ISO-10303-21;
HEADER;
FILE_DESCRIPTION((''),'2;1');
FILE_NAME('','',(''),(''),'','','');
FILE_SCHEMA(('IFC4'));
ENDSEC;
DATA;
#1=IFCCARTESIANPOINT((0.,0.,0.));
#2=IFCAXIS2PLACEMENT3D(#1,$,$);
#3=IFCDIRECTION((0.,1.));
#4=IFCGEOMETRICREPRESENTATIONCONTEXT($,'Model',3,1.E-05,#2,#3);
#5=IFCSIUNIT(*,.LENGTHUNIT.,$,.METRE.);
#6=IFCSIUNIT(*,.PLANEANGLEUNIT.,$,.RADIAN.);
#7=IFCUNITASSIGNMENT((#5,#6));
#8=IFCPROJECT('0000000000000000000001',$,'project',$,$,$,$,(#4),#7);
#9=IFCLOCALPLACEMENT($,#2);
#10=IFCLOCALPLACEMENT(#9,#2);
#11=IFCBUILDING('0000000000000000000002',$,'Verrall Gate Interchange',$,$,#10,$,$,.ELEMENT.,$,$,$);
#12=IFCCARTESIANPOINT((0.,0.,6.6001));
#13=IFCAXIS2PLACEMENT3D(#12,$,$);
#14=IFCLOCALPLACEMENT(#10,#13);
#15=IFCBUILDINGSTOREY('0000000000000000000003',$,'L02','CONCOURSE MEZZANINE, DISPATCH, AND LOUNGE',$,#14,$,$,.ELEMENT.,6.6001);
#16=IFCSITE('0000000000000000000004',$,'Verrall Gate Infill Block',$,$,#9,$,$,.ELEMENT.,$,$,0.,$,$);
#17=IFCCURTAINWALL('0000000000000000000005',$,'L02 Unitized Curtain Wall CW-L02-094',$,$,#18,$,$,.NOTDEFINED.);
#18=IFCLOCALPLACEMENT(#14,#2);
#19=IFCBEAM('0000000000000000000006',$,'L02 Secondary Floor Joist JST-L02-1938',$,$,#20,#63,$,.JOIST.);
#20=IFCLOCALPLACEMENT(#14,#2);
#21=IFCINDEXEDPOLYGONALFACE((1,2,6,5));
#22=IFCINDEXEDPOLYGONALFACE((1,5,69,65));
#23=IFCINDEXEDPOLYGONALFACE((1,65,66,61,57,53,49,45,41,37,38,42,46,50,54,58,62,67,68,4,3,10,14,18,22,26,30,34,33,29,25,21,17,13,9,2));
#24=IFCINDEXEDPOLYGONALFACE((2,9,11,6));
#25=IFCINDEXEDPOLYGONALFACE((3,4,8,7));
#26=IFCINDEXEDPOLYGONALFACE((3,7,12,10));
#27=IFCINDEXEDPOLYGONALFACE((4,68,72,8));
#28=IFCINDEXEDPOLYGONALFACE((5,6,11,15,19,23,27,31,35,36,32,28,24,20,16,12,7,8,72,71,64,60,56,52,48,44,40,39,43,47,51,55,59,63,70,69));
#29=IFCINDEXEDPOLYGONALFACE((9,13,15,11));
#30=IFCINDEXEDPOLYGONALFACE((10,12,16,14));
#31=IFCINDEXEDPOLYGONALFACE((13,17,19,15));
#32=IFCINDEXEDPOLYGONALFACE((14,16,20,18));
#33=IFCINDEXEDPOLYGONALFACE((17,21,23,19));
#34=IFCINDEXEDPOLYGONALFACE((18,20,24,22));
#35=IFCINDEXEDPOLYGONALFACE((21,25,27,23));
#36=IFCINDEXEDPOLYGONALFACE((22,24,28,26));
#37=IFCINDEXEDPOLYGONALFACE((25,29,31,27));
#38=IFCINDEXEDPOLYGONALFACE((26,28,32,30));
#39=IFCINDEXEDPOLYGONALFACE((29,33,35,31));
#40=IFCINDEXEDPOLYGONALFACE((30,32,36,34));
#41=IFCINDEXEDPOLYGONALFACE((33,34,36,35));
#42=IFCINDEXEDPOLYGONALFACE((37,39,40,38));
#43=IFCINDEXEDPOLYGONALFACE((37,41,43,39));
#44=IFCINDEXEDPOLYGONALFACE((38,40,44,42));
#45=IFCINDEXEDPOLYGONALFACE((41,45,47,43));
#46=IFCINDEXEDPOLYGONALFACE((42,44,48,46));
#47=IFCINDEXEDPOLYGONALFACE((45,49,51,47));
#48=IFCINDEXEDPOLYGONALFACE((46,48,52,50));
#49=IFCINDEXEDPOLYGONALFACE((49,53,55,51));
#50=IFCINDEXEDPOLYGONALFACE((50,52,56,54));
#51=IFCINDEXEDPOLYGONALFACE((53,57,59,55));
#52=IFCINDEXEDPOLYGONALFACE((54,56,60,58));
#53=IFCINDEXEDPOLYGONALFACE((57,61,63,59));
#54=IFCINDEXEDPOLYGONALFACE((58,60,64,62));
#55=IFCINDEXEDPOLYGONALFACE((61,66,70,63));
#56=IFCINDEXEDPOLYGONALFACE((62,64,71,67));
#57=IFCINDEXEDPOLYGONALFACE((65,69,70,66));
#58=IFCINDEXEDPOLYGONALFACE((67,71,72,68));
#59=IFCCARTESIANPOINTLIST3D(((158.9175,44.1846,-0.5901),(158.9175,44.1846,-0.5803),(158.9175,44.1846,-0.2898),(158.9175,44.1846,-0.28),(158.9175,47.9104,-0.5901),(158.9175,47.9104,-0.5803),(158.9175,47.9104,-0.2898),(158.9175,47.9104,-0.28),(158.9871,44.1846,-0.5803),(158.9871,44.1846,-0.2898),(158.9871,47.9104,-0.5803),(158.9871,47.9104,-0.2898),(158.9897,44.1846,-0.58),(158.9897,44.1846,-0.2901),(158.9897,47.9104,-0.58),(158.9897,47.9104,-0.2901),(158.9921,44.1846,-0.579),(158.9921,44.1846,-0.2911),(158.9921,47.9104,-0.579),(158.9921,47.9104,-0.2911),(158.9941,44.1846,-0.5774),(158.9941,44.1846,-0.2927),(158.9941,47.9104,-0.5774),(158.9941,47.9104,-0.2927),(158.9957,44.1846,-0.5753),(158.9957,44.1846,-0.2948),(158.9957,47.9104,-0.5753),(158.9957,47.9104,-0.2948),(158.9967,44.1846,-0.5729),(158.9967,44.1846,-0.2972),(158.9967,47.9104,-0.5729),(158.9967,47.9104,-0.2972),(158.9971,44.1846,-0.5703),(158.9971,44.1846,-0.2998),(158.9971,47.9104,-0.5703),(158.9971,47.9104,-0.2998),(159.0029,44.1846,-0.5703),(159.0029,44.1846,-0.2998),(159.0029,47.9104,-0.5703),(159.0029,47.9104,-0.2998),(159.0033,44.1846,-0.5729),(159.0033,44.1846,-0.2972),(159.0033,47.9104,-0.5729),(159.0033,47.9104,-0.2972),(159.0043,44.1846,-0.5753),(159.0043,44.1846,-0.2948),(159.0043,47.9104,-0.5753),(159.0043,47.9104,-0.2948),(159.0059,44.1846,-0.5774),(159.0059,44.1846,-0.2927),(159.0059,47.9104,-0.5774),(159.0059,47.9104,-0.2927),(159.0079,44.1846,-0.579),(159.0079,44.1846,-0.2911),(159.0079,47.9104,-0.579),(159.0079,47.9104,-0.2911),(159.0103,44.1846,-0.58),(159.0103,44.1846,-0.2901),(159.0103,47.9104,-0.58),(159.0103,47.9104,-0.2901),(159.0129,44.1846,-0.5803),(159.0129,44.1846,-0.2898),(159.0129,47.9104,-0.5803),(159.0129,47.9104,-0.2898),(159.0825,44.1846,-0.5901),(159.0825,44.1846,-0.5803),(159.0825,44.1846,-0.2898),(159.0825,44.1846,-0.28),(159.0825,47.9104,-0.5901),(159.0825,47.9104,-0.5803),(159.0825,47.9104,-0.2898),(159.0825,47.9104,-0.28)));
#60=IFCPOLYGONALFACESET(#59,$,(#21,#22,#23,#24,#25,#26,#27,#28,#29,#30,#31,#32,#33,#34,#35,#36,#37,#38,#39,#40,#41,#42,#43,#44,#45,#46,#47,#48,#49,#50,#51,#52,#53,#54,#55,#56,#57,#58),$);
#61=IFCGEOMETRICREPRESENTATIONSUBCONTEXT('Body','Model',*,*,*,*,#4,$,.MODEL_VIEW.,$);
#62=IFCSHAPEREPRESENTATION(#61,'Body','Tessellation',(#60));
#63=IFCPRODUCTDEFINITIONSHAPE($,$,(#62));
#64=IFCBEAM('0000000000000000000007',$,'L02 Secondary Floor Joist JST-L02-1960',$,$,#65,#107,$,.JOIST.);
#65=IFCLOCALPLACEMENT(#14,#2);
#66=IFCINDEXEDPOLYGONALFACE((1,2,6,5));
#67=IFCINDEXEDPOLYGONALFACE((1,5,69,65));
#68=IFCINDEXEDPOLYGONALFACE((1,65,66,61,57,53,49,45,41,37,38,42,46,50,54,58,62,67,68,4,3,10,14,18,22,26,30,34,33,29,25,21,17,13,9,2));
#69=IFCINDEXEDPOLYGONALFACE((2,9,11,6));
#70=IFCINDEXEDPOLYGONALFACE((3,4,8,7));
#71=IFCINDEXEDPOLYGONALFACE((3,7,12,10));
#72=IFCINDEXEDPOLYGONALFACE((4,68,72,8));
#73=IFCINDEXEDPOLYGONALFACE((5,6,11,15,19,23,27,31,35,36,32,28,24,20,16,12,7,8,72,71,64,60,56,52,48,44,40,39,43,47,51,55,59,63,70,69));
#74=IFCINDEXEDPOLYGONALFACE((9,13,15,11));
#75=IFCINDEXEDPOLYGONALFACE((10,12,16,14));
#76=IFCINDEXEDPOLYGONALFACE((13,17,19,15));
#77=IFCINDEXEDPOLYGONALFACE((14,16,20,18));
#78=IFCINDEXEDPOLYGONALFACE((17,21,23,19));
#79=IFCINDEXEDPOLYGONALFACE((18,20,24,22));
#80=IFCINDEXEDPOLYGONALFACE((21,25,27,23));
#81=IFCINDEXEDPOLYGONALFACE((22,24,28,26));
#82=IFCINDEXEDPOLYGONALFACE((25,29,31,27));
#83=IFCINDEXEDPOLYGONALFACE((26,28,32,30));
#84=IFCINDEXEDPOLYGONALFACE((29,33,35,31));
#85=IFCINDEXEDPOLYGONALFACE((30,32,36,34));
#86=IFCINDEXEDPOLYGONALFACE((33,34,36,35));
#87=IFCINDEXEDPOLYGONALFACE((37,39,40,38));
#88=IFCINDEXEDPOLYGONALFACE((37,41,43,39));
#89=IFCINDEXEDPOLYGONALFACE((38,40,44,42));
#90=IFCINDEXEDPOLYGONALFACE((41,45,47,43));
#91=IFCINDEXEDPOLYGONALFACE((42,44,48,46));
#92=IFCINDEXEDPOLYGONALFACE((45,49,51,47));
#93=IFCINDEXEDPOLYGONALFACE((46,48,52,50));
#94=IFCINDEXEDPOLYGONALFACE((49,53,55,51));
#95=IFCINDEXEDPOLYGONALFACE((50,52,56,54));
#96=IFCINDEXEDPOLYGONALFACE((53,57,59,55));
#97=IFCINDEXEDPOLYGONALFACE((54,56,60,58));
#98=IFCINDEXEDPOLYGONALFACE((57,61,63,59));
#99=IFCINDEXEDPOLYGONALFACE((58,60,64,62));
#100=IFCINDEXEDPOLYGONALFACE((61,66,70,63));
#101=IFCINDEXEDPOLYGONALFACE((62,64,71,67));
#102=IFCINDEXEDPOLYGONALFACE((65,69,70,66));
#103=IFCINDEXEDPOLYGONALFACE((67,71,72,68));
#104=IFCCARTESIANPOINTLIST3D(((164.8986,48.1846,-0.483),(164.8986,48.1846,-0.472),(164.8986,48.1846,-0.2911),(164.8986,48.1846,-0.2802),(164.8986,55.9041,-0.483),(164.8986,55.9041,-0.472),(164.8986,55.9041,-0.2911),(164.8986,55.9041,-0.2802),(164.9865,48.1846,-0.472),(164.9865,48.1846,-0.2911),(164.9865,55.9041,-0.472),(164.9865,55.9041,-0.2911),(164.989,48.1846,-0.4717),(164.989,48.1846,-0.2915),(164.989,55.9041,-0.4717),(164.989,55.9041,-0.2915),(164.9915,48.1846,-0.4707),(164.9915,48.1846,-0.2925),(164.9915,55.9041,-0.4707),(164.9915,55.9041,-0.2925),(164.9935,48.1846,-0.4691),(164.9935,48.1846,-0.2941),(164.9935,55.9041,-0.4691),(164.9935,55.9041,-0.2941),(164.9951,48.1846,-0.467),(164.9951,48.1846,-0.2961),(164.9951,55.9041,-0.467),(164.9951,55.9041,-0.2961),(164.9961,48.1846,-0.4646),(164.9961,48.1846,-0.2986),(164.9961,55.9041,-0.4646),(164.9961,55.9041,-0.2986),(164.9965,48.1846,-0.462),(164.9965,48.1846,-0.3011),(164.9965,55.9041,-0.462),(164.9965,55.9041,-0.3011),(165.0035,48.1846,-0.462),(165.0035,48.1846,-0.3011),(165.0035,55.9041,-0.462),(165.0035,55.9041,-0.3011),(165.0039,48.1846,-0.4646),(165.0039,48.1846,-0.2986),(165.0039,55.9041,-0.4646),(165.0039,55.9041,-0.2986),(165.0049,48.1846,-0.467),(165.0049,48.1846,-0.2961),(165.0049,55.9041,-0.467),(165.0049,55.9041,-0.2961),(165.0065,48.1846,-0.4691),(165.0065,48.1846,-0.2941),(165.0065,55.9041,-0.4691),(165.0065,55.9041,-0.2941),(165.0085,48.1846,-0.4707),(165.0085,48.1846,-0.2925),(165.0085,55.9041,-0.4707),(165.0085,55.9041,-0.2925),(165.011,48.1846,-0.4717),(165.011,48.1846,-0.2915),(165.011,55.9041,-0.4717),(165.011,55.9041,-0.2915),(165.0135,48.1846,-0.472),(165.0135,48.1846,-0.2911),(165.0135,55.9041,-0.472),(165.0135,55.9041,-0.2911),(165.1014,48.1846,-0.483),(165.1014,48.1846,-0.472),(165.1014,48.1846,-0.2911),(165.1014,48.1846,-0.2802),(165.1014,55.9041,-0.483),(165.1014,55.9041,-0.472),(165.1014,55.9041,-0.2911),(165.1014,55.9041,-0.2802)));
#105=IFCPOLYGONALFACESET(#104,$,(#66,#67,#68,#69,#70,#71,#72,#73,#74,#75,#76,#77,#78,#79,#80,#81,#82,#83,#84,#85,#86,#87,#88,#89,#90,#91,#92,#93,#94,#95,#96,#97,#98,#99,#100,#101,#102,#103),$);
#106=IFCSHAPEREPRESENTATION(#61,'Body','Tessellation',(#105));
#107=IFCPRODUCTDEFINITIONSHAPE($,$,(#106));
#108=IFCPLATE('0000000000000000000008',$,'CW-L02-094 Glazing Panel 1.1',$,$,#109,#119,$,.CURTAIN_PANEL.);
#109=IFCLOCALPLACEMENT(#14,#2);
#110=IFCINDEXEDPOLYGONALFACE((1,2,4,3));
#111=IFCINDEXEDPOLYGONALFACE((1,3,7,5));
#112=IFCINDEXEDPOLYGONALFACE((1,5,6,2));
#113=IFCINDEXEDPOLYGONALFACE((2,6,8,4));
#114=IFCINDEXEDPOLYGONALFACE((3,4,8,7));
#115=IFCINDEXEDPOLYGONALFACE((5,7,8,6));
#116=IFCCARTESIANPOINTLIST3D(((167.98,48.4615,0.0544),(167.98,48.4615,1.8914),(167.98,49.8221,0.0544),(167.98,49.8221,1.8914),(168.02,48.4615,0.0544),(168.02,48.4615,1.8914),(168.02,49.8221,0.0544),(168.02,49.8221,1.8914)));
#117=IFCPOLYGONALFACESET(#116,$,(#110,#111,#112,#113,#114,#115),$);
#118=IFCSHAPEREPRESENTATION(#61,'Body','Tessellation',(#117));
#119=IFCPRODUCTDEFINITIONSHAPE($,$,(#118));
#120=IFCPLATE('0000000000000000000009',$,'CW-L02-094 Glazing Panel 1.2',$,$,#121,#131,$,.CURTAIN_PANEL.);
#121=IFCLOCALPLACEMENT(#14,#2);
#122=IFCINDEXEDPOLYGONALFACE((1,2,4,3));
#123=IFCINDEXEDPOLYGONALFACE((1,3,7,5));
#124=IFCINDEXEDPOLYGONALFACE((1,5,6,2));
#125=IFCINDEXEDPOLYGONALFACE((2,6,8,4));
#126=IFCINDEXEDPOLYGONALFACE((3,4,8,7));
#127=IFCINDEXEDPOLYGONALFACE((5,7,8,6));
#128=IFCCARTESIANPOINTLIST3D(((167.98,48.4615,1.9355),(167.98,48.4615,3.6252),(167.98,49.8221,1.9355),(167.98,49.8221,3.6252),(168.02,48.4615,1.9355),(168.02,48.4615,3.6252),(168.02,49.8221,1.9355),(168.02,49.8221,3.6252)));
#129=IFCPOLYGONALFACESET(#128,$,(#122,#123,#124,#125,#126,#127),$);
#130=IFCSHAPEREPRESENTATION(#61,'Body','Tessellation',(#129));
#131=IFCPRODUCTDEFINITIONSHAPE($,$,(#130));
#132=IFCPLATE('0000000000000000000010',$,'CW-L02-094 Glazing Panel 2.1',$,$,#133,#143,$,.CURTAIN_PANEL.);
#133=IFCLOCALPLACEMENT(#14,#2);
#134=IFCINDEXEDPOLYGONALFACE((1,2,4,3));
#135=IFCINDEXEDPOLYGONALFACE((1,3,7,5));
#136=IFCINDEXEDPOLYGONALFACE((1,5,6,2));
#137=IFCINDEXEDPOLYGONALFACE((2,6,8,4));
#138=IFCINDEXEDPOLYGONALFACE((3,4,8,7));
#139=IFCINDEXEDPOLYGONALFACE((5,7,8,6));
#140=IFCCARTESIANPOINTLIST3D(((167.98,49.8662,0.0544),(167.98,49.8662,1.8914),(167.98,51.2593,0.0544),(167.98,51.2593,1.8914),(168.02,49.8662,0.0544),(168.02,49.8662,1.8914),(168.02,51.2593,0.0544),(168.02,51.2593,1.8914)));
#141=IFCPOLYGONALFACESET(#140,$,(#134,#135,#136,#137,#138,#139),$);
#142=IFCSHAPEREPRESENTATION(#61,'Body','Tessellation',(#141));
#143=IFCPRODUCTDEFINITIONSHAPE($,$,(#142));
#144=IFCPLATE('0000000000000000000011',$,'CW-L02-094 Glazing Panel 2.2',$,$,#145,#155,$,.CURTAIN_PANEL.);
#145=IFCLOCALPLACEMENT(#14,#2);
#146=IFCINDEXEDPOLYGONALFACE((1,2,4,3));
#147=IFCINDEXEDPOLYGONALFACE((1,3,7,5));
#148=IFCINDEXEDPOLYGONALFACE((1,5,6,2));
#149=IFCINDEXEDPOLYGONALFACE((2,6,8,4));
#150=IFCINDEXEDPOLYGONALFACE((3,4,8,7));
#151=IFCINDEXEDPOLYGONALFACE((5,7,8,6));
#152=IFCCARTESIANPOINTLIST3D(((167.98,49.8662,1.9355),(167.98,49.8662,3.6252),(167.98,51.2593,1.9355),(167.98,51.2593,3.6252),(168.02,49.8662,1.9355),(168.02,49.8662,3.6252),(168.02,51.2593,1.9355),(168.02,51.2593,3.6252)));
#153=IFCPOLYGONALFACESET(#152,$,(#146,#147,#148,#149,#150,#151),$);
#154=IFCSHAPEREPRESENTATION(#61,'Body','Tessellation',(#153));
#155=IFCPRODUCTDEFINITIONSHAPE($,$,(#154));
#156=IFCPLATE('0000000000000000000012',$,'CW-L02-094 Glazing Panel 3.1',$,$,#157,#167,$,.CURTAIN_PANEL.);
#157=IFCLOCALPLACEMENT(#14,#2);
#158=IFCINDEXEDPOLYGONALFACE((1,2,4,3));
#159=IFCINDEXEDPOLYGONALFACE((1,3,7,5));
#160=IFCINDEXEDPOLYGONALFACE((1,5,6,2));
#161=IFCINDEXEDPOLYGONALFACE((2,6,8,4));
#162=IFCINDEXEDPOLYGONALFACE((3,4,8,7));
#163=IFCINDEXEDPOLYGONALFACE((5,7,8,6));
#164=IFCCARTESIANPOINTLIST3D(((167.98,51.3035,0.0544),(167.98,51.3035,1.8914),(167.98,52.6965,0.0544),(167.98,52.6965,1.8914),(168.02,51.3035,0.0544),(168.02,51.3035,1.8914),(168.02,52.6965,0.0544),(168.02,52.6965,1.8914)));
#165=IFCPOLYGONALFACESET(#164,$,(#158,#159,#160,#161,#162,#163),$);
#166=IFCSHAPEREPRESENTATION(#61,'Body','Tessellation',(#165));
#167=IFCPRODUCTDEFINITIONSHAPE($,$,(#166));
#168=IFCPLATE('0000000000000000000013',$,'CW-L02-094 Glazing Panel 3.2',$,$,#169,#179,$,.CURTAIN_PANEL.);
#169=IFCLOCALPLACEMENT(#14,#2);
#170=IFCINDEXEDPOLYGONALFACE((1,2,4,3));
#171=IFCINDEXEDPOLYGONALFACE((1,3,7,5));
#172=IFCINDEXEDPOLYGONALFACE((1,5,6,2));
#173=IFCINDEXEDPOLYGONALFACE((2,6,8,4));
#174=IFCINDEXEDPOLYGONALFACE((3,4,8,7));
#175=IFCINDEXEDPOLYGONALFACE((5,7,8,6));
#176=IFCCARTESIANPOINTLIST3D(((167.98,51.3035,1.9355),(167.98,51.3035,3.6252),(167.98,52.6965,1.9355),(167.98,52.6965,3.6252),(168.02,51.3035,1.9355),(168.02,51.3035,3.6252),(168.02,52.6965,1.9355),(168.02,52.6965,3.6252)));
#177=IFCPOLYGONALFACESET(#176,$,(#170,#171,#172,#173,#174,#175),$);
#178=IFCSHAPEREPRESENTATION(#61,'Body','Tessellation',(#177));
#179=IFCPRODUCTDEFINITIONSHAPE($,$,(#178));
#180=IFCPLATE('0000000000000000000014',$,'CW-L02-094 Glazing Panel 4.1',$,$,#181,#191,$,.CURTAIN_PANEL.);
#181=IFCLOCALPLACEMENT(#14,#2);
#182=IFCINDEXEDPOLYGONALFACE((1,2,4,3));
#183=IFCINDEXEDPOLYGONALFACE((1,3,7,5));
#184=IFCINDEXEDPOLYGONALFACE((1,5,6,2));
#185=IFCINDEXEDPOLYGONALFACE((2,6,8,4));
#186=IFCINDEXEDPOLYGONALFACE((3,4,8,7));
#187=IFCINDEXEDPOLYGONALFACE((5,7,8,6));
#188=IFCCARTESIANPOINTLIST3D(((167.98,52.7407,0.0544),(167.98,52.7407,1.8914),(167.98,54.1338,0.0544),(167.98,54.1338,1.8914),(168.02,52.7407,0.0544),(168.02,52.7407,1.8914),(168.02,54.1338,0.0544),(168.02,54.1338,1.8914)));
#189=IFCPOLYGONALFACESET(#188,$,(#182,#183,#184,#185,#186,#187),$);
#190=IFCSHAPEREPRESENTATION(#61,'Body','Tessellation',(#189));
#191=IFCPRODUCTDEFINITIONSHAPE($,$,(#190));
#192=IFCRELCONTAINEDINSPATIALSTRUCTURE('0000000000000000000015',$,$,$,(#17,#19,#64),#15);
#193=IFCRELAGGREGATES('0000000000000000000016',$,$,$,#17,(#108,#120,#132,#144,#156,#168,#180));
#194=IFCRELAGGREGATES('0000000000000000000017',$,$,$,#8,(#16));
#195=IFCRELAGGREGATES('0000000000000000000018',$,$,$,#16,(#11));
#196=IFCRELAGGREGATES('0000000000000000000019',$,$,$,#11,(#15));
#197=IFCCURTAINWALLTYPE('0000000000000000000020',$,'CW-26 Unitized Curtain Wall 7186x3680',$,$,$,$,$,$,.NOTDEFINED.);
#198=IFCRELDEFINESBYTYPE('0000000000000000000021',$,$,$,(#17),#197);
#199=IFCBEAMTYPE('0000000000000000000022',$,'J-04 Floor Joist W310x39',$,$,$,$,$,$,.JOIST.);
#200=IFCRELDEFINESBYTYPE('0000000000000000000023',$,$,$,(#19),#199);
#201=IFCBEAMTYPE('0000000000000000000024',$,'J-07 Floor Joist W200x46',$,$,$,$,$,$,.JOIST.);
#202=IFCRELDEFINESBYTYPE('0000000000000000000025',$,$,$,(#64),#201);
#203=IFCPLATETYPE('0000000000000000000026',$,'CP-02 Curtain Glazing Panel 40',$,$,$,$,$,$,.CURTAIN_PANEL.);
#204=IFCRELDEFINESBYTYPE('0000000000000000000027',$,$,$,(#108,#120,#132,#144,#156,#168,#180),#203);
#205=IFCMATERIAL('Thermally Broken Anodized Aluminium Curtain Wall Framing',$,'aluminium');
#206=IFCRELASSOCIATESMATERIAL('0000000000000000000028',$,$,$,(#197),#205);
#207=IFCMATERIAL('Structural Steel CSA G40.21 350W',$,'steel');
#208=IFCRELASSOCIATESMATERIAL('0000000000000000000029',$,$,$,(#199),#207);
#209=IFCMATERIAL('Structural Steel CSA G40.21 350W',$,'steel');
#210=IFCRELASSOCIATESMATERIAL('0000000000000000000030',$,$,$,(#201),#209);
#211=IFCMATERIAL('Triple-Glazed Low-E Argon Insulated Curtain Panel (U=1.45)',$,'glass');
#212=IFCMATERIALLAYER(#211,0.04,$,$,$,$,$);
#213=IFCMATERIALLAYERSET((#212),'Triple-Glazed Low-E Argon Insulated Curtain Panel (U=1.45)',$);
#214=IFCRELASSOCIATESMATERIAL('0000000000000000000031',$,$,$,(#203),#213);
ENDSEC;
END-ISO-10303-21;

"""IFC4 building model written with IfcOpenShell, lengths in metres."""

from ifc_helpers import new_model, si_unit, direction, frame, origin, origin_2d, place, context, subcontext, project, spatial, rectangle, i_section, extrude, material, layer, layer_set, material_profile, profile_set, type_object, element, aggregate, save


model = new_model("IFC4")

# Units and contexts
model_context = context("Model", 3, precision=1e-05, world=origin(), true_north=direction((0.0, 1.0)))
body_context = subcontext(model_context, "Body", "Model", "MODEL_VIEW")
ifc_project = project(units=[si_unit("LENGTHUNIT", "METRE"), si_unit("PLANEANGLEUNIT", "RADIAN")], contexts=[model_context])

# Site, building, storey
site_placement = place(None, origin())
site = spatial("IfcSite", under=ifc_project, at=site_placement, Name="Verrall Gate Infill Block", CompositionType="ELEMENT", RefElevation=0.0)
building_placement = place(site_placement, origin())
building = spatial("IfcBuilding", under=site, at=building_placement, Name="Verrall Gate Interchange", CompositionType="ELEMENT")
storey_placement = place(building_placement, frame((0.0, 0.0, 6.6001)))
storey = spatial("IfcBuildingStorey", under=building, at=storey_placement, Name="L02", Description="CONCOURSE MEZZANINE, DISPATCH, AND LOUNGE", CompositionType="ELEMENT", Elevation=6.6001)

# Curtain wall
ifc_material_1 = material(Name="Thermally Broken Anodized Aluminium Curtain Wall Framing", Category="aluminium")
curtain_wall_type = type_object("IfcCurtainWallType", Name="CW-26 Unitized Curtain Wall 7186x3680", PredefinedType="NOTDEFINED", material=ifc_material_1)
curtain_wall_placement = place(storey_placement, origin())
curtain_wall = element("IfcCurtainWall", 1, at=curtain_wall_placement, inside=storey, type_object=curtain_wall_type, Name="L02 Unitized Curtain Wall CW-L02-094", PredefinedType="NOTDEFINED")

# Beams
ifc_material_2 = material(Name="Structural Steel CSA G40.21 350W", Category="steel")
ifc_material_profile_1 = material_profile(ifc_material_2, i_section(OverallWidth=0.165, OverallDepth=0.3101, WebThickness=0.0059, FlangeThickness=0.0098, FilletRadius=0.01, at=origin_2d()), Name="W310x39")
ifc_profile_set_1 = profile_set([ifc_material_profile_1], Name="Structural Steel CSA G40.21 350W")
beam_type_1 = type_object("IfcBeamType", Name="J-04 Floor Joist W310x39", PredefinedType="JOIST", material=ifc_profile_set_1)
beam_1_placement = place(storey_placement, frame((159.0, 44.1846, -0.4351), z_axis=(0.0, 1.0, 0.0), x_axis=(-1.0, 0.0, 0.0)))
element("IfcBeam", 2, at=beam_1_placement, inside=storey, type_object=beam_type_1, Name="L02 Secondary Floor Joist JST-L02-1938", PredefinedType="JOIST", context=body_context, shape_type="SweptSolid", body=[
    extrude(i_section(OverallWidth=0.165, OverallDepth=0.3101, WebThickness=0.0059, FlangeThickness=0.0098, FilletRadius=0.01, at=origin_2d()), origin(), (0.0, 0.0, 1.0), 3.7258),
])
ifc_material_3 = material(Name="Structural Steel CSA G40.21 350W", Category="steel")
ifc_material_profile_2 = material_profile(ifc_material_3, i_section(OverallWidth=0.2029, OverallDepth=0.2029, WebThickness=0.0071, FlangeThickness=0.011, FilletRadius=0.01, at=origin_2d()), Name="W200x46")
ifc_profile_set_2 = profile_set([ifc_material_profile_2], Name="Structural Steel CSA G40.21 350W")
beam_type_2 = type_object("IfcBeamType", Name="J-07 Floor Joist W200x46", PredefinedType="JOIST", material=ifc_profile_set_2)
beam_2_placement = place(storey_placement, frame((165.0, 48.1846, -0.3816), z_axis=(0.0, 1.0, 0.0), x_axis=(-1.0, 0.0, 0.0)))
element("IfcBeam", 3, at=beam_2_placement, inside=storey, type_object=beam_type_2, Name="L02 Secondary Floor Joist JST-L02-1960", PredefinedType="JOIST", context=body_context, shape_type="SweptSolid", body=[
    extrude(i_section(OverallWidth=0.2029, OverallDepth=0.2029, WebThickness=0.0071, FlangeThickness=0.011, FilletRadius=0.01, at=origin_2d()), origin(), (0.0, 0.0, 1.0), 7.7195),
])

# Plates
ifc_material_4 = material(Name="Triple-Glazed Low-E Argon Insulated Curtain Panel (U=1.45)", Category="glass")
ifc_layer = layer(ifc_material_4, 0.04)
ifc_layer_set = layer_set([ifc_layer], Name="Triple-Glazed Low-E Argon Insulated Curtain Panel (U=1.45)")
plate_type = type_object("IfcPlateType", Name="CP-02 Curtain Glazing Panel 40", PredefinedType="CURTAIN_PANEL", material=ifc_layer_set)
plate_1_placement = place(storey_placement, frame((168.0, 49.1418, 0.0544), z_axis=(0.0, 0.0, 1.0), x_axis=(0.0, 1.0, 0.0)))
plate_1 = element("IfcPlate", 4, at=plate_1_placement, type_object=plate_type, Name="CW-L02-094 Glazing Panel 1.1", PredefinedType="CURTAIN_PANEL", context=body_context, shape_type="SweptSolid", body=[
    extrude(rectangle(XDim=1.3606, YDim=0.04, at=origin_2d()), origin(), (0.0, 0.0, 1.0), 1.8369),
])
plate_2_placement = place(storey_placement, frame((168.0, 49.1418, 1.9355), z_axis=(0.0, 0.0, 1.0), x_axis=(0.0, 1.0, 0.0)))
plate_2 = element("IfcPlate", 5, at=plate_2_placement, type_object=plate_type, Name="CW-L02-094 Glazing Panel 1.2", PredefinedType="CURTAIN_PANEL", context=body_context, shape_type="SweptSolid", body=[
    extrude(rectangle(XDim=1.3606, YDim=0.04, at=origin_2d()), origin(), (0.0, 0.0, 1.0), 1.6897),
])
plate_3_placement = place(storey_placement, frame((168.0, 50.5627, 0.0544), z_axis=(0.0, 0.0, 1.0), x_axis=(0.0, 1.0, 0.0)))
plate_3 = element("IfcPlate", 6, at=plate_3_placement, type_object=plate_type, Name="CW-L02-094 Glazing Panel 2.1", PredefinedType="CURTAIN_PANEL", context=body_context, shape_type="SweptSolid", body=[
    extrude(rectangle(XDim=1.3931, YDim=0.04, at=origin_2d()), origin(), (0.0, 0.0, 1.0), 1.8369),
])
plate_4_placement = place(storey_placement, frame((168.0, 50.5627, 1.9355), z_axis=(0.0, 0.0, 1.0), x_axis=(0.0, 1.0, 0.0)))
plate_4 = element("IfcPlate", 7, at=plate_4_placement, type_object=plate_type, Name="CW-L02-094 Glazing Panel 2.2", PredefinedType="CURTAIN_PANEL", context=body_context, shape_type="SweptSolid", body=[
    extrude(rectangle(XDim=1.3931, YDim=0.04, at=origin_2d()), origin(), (0.0, 0.0, 1.0), 1.6897),
])
plate_5_placement = place(storey_placement, frame((168.0, 52.0, 0.0544), z_axis=(0.0, 0.0, 1.0), x_axis=(0.0, 1.0, 0.0)))
plate_5 = element("IfcPlate", 8, at=plate_5_placement, type_object=plate_type, Name="CW-L02-094 Glazing Panel 3.1", PredefinedType="CURTAIN_PANEL", context=body_context, shape_type="SweptSolid", body=[
    extrude(rectangle(XDim=1.3931, YDim=0.04, at=origin_2d()), origin(), (0.0, 0.0, 1.0), 1.8369),
])
plate_6_placement = place(storey_placement, frame((168.0, 52.0, 1.9355), z_axis=(0.0, 0.0, 1.0), x_axis=(0.0, 1.0, 0.0)))
plate_6 = element("IfcPlate", 9, at=plate_6_placement, type_object=plate_type, Name="CW-L02-094 Glazing Panel 3.2", PredefinedType="CURTAIN_PANEL", context=body_context, shape_type="SweptSolid", body=[
    extrude(rectangle(XDim=1.3931, YDim=0.04, at=origin_2d()), origin(), (0.0, 0.0, 1.0), 1.6897),
])
plate_7_placement = place(storey_placement, frame((168.0, 53.4373, 0.0544), z_axis=(0.0, 0.0, 1.0), x_axis=(0.0, 1.0, 0.0)))
plate_7 = element("IfcPlate", 10, at=plate_7_placement, type_object=plate_type, Name="CW-L02-094 Glazing Panel 4.1", PredefinedType="CURTAIN_PANEL", context=body_context, shape_type="SweptSolid", body=[
    extrude(rectangle(XDim=1.3931, YDim=0.04, at=origin_2d()), origin(), (0.0, 0.0, 1.0), 1.8369),
])
aggregate(curtain_wall, [plate_1, plate_2, plate_3, plate_4, plate_5, plate_6, plate_7])

save(model, "model.ifc")
